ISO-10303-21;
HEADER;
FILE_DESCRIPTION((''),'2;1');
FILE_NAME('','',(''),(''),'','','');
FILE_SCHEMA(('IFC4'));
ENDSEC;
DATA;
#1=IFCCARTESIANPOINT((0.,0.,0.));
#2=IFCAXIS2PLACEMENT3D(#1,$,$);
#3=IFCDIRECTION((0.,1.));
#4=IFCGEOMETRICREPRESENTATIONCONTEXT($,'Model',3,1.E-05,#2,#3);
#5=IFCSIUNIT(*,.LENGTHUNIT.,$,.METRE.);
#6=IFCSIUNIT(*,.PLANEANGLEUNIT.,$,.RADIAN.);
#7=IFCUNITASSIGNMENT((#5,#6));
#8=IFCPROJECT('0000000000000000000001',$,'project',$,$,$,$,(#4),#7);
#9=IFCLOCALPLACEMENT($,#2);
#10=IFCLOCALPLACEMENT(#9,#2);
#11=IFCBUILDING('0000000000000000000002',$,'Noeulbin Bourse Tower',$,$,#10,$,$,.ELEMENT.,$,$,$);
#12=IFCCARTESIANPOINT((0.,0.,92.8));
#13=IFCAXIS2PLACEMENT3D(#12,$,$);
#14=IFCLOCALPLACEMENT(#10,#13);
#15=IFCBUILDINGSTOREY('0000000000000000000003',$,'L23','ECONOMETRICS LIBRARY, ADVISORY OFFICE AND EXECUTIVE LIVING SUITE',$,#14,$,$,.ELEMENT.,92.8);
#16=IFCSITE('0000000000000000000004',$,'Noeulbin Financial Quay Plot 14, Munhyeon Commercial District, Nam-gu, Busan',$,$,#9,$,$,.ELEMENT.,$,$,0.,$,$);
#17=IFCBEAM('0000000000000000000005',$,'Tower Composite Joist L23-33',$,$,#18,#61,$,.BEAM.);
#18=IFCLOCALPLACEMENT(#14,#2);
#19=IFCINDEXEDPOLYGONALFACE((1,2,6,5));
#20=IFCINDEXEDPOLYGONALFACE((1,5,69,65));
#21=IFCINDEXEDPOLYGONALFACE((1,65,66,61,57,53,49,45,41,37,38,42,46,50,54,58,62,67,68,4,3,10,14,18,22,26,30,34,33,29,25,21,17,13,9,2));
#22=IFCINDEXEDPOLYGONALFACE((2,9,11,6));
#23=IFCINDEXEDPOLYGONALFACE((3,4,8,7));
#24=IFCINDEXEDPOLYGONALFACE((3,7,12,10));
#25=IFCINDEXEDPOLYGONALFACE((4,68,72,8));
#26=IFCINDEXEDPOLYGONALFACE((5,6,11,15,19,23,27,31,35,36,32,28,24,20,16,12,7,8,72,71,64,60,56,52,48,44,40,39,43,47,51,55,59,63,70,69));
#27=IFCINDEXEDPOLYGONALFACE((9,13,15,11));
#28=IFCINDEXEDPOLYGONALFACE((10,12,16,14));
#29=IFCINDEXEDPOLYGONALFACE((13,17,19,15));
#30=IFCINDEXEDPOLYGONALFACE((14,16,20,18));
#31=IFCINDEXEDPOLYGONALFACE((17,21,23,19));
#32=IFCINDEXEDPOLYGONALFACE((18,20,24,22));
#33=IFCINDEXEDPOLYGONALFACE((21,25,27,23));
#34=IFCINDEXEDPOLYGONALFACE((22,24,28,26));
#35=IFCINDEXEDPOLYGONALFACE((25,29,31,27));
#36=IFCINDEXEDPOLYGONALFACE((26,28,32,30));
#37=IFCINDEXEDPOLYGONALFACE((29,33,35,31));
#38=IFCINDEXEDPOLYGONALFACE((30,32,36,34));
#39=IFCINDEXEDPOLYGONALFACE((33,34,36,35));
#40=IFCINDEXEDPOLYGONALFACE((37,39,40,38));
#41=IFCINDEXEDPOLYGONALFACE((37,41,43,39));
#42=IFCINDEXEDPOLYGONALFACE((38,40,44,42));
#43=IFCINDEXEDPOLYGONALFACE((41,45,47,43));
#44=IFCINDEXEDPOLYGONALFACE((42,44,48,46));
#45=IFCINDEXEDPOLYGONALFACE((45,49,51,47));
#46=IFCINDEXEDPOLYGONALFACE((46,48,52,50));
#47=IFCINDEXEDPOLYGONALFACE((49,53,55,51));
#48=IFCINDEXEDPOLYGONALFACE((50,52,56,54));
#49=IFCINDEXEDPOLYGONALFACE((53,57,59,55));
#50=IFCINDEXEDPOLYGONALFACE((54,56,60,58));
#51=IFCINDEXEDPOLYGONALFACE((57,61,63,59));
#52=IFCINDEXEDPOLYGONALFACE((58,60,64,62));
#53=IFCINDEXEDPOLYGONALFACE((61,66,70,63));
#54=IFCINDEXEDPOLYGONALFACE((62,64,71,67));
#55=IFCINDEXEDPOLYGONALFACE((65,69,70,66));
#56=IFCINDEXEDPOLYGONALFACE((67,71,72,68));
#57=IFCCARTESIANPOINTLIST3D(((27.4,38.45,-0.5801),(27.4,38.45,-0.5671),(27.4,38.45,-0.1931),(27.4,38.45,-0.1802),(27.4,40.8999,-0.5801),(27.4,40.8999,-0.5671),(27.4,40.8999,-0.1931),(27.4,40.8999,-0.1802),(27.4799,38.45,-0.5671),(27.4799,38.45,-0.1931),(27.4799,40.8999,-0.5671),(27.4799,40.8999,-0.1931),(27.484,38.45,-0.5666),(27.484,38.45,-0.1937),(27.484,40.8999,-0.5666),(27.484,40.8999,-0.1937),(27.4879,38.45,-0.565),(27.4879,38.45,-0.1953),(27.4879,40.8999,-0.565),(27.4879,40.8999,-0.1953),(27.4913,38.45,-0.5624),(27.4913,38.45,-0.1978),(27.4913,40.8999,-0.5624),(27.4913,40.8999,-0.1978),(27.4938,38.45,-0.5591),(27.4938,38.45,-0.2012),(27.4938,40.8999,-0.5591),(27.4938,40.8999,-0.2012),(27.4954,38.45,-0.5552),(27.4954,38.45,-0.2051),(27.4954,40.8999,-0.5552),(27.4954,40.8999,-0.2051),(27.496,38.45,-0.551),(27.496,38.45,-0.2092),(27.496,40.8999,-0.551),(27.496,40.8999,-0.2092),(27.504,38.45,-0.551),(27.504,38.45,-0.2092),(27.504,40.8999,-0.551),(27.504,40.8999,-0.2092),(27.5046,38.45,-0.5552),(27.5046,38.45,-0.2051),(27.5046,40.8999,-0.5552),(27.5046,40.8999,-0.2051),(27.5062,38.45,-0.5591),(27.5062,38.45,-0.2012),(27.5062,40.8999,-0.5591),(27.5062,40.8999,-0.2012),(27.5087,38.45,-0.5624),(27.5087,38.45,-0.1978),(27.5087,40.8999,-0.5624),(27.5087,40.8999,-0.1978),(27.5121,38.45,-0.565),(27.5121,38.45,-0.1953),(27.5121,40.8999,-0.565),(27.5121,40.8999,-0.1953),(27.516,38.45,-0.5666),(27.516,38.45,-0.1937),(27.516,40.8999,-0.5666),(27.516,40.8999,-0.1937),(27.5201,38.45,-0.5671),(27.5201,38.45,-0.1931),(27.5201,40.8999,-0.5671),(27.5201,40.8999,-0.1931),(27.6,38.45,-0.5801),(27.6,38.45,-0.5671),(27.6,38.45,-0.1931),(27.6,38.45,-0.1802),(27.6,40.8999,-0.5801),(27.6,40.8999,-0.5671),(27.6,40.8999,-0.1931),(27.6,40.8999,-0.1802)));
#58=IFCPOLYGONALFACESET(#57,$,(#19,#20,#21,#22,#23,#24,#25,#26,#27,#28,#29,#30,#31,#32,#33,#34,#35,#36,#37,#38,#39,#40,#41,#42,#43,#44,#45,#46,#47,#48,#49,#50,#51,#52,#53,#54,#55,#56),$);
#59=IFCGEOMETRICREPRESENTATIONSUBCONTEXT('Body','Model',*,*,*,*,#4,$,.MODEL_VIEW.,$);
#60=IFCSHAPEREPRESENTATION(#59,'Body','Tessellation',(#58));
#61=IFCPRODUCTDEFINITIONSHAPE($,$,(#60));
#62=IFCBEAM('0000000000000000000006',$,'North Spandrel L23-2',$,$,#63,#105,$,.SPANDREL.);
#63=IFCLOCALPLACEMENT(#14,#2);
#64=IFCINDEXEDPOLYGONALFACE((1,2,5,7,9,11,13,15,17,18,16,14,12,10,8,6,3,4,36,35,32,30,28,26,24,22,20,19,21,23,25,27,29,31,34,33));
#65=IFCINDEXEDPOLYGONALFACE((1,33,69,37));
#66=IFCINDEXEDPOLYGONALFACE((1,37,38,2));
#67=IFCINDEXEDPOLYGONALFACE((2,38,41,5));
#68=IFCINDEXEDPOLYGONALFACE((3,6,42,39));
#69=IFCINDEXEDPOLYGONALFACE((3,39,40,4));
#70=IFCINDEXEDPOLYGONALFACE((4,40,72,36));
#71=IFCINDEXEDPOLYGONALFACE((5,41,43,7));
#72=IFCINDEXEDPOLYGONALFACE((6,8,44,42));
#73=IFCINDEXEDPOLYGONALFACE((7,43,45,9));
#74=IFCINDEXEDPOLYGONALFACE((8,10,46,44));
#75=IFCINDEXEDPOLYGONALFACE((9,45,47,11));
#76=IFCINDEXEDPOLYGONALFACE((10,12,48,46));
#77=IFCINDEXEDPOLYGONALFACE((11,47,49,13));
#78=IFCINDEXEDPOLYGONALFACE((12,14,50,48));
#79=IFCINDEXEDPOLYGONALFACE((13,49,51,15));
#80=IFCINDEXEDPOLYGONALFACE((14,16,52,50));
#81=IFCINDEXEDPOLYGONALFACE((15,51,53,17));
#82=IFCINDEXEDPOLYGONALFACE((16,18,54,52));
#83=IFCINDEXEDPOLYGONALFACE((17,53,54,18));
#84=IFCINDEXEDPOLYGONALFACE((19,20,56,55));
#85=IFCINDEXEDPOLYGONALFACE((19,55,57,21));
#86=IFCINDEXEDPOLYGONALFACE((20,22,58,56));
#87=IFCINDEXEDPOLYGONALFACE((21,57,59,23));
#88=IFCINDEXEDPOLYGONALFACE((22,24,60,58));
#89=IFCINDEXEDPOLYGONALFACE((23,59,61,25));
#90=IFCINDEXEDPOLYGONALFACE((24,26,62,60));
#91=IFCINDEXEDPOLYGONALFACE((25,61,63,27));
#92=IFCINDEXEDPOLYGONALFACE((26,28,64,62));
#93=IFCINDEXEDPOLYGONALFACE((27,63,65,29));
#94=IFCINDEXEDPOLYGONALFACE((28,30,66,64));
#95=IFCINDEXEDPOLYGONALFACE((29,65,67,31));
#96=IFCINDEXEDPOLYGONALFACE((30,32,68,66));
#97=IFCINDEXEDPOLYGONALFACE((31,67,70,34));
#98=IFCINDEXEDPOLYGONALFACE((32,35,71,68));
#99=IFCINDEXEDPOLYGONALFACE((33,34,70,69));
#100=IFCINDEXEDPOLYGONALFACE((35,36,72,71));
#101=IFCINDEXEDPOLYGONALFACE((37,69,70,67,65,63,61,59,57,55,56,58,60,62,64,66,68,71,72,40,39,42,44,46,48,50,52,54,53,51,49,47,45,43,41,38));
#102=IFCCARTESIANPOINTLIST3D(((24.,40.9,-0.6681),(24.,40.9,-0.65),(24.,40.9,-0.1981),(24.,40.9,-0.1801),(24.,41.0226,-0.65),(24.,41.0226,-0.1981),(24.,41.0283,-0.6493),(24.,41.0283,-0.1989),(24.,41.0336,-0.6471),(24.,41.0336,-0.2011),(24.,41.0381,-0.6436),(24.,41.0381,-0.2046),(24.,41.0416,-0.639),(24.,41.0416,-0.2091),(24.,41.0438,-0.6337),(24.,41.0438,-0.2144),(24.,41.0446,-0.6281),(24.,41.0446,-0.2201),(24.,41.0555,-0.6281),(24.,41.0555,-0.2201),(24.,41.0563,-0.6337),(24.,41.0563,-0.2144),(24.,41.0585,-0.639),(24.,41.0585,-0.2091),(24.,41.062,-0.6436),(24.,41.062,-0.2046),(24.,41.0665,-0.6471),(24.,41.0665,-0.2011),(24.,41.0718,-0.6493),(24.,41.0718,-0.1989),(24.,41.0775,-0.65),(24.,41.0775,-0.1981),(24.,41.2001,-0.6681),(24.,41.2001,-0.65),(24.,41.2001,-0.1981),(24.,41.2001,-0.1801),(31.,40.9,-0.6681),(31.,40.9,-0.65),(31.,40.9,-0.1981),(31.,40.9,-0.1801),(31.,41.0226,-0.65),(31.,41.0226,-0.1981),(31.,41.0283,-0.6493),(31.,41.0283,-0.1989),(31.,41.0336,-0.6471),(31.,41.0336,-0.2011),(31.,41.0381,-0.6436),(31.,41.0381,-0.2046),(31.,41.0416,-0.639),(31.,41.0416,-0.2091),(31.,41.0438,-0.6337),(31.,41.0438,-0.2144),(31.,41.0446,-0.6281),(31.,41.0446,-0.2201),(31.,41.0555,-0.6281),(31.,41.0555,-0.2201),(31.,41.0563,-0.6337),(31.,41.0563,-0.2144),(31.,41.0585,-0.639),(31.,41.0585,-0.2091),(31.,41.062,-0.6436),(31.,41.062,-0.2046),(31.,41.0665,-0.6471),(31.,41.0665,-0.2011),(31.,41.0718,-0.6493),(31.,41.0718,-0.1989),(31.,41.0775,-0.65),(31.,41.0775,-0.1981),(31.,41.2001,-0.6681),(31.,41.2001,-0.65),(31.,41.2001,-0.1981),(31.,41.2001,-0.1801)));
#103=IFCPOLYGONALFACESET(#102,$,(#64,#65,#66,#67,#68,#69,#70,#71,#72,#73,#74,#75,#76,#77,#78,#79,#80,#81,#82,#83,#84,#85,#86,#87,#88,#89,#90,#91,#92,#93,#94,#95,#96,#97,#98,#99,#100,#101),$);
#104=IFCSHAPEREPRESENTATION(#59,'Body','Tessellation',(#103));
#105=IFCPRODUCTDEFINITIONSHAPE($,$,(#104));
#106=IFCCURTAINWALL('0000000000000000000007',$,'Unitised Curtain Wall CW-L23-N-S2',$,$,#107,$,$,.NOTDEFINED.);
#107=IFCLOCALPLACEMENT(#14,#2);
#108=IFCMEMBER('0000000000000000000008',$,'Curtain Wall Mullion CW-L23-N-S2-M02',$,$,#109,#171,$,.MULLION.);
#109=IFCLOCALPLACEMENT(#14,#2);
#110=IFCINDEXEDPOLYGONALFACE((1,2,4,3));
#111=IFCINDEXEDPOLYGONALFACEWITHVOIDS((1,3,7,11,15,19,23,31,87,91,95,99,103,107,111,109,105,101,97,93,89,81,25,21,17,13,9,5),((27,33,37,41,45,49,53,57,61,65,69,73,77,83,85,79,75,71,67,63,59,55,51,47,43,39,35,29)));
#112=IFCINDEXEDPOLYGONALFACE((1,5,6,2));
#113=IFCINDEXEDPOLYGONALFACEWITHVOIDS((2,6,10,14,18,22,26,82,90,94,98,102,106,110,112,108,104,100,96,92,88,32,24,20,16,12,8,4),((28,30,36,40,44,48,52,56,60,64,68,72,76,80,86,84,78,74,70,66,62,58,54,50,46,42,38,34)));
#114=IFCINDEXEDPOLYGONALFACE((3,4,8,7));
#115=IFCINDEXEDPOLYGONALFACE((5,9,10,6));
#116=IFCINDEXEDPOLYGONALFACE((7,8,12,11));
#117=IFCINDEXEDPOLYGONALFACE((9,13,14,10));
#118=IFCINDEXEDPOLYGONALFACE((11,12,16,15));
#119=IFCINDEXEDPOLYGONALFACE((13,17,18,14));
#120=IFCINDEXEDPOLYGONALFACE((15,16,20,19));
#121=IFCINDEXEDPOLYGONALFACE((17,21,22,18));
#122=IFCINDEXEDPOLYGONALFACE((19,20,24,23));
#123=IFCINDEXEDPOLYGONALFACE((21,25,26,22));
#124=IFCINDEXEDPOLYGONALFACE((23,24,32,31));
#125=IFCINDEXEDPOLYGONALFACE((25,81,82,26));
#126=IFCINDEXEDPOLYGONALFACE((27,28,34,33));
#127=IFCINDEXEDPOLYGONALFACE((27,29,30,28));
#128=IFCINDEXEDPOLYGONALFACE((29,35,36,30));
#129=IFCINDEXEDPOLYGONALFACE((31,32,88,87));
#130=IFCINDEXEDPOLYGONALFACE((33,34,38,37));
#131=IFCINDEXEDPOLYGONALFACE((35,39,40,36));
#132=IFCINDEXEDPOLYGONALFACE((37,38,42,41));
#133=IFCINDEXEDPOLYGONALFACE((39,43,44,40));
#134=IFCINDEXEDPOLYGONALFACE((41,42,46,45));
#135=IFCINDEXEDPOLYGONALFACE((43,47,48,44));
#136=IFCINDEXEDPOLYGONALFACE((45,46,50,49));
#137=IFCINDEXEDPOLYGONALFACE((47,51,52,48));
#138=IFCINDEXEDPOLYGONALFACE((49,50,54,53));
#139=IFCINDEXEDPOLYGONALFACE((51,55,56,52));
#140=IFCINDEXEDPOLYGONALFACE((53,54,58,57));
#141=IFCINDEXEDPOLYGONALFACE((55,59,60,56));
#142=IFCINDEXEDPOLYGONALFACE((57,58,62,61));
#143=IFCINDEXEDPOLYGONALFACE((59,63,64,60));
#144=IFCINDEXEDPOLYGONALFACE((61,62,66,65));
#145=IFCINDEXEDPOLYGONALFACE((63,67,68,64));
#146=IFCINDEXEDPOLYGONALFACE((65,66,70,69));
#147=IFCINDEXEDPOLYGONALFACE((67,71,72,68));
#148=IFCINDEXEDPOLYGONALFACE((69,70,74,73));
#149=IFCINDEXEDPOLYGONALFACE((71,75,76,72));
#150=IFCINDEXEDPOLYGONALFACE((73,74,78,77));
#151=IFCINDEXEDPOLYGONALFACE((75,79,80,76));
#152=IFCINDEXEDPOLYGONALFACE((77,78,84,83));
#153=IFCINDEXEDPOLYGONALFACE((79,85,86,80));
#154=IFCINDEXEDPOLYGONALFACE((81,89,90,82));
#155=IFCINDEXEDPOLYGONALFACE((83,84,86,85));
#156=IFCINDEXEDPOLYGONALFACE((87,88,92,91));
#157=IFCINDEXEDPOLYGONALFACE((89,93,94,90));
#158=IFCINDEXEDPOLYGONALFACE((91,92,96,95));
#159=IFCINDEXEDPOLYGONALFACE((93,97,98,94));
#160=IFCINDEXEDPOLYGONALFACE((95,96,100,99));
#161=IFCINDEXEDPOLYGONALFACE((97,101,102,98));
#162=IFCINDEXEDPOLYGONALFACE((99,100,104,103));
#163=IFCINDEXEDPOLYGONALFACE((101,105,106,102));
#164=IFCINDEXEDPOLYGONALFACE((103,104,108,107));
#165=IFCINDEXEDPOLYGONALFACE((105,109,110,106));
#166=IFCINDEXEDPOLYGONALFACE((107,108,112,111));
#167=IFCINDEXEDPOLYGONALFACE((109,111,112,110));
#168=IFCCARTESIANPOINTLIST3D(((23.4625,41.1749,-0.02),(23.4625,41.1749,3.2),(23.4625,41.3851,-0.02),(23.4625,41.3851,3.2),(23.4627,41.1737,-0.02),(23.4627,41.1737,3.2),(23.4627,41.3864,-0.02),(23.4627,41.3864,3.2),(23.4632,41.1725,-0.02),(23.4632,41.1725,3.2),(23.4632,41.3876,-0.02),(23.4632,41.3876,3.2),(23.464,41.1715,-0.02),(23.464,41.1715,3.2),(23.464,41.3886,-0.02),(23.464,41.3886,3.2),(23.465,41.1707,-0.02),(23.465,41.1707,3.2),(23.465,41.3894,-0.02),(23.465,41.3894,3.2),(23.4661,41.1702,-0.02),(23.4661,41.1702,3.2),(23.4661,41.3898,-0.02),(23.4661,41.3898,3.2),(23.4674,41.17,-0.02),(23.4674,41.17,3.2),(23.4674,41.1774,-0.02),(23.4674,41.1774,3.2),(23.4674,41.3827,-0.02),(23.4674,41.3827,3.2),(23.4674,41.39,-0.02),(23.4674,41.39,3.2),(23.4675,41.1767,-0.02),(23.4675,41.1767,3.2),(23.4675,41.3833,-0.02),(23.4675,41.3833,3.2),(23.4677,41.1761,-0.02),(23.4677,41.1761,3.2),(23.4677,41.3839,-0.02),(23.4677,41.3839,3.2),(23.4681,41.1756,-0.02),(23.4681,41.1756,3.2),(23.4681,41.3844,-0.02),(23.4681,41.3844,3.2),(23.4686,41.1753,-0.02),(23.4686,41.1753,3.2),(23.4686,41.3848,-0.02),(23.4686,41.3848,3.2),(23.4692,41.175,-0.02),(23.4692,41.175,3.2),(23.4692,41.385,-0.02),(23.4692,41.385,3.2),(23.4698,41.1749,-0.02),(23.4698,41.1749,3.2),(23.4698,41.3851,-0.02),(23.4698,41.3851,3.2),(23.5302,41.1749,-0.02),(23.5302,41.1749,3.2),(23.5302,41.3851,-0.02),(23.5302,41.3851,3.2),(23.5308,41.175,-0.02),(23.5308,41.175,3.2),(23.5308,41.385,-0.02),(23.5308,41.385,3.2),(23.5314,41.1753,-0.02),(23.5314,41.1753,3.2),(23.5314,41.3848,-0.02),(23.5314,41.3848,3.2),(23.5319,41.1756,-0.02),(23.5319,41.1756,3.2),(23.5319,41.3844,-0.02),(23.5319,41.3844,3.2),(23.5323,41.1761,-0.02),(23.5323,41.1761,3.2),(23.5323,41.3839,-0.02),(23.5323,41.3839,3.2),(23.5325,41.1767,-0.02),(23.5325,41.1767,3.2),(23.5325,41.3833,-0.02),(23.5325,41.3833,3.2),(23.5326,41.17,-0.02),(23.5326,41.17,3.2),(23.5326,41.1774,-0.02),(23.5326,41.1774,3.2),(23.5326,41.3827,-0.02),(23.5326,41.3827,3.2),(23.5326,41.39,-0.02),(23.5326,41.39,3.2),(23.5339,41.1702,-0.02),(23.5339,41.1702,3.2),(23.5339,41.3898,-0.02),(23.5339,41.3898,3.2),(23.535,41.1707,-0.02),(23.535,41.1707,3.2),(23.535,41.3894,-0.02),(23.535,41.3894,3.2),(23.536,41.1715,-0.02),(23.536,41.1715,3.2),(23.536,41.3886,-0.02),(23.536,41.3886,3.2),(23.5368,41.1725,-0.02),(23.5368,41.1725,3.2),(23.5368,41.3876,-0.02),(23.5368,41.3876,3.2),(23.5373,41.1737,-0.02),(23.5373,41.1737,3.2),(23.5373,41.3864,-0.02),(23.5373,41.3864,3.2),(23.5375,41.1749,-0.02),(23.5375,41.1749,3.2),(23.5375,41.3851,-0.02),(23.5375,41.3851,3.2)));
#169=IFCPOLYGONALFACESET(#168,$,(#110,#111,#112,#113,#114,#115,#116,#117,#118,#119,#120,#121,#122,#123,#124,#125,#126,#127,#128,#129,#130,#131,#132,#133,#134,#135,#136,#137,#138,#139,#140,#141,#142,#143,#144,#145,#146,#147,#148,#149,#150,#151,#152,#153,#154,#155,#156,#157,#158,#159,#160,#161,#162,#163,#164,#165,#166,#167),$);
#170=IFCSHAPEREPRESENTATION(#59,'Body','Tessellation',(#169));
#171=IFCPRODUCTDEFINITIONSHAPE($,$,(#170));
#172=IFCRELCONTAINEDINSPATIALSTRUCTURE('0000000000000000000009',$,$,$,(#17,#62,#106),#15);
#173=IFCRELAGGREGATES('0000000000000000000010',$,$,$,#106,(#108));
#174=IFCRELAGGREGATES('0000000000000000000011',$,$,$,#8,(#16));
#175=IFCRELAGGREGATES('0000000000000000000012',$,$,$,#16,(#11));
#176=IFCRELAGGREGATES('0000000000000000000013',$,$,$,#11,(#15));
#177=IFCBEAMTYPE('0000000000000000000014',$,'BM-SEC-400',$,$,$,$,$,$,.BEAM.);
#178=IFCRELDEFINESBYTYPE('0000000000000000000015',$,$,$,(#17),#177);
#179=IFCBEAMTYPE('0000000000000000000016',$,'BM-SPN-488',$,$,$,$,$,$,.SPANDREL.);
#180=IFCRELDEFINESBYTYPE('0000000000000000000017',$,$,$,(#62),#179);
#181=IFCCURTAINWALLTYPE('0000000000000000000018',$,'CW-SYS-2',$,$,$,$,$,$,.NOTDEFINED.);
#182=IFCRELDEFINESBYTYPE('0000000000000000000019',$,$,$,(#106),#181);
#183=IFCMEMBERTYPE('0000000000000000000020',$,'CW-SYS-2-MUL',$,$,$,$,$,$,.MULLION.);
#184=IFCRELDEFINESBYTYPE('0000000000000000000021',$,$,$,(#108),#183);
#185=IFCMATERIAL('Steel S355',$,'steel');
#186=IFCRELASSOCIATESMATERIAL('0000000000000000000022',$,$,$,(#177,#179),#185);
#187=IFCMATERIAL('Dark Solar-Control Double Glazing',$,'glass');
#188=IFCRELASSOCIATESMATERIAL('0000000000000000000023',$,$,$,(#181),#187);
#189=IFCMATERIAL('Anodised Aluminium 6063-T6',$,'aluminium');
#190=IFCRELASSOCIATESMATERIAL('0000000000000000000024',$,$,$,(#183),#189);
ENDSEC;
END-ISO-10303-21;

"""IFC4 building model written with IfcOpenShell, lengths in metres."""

from ifc_helpers import new_model, si_unit, direction, frame, origin, origin_2d, place, context, subcontext, project, spatial, hollow_rectangle, i_section, extrude, material, material_profile, profile_set, type_object, element, aggregate, save


model = new_model("IFC4")

# Units and contexts
model_context = context("Model", 3, precision=1e-05, world=origin(), true_north=direction((0.0, 1.0)))
body_context = subcontext(model_context, "Body", "Model", "MODEL_VIEW")
ifc_project = project(units=[si_unit("LENGTHUNIT", "METRE"), si_unit("PLANEANGLEUNIT", "RADIAN")], contexts=[model_context])

# Site, building, storey
site_placement = place(None, origin())
site = spatial("IfcSite", under=ifc_project, at=site_placement, Name="Noeulbin Financial Quay Plot 14, Munhyeon Commercial District, Nam-gu, Busan", CompositionType="ELEMENT", RefElevation=0.0)
building_placement = place(site_placement, origin())
building = spatial("IfcBuilding", under=site, at=building_placement, Name="Noeulbin Bourse Tower", CompositionType="ELEMENT")
storey_placement = place(building_placement, frame((0.0, 0.0, 92.8)))
storey = spatial("IfcBuildingStorey", under=building, at=storey_placement, Name="L23", Description="ECONOMETRICS LIBRARY, ADVISORY OFFICE AND EXECUTIVE LIVING SUITE", CompositionType="ELEMENT", Elevation=92.8)

# Beams
ifc_material_1 = material(Name="Steel S355", Category="steel")
ifc_material_profile_1 = material_profile(ifc_material_1, i_section(OverallWidth=0.2, OverallDepth=0.3999, WebThickness=0.0081, FlangeThickness=0.0129, FilletRadius=0.0161, at=origin_2d()), Name="H-400x200x8x13", Category="LoadBearing")
ifc_profile_set_1 = profile_set([ifc_material_profile_1], Name="Steel S355")
beam_type_1 = type_object("IfcBeamType", Name="BM-SEC-400", PredefinedType="BEAM", material=ifc_profile_set_1)
for number, where, z_axis, x_axis, name in (
    (1, (27.5, 38.45, -0.3801), (0.0, 1.0, 0.0), (-1.0, 0.0, 0.0), "Tower Composite Joist L23-33"),
):
    element("IfcBeam", number, at=place(storey_placement, frame(where, z_axis=z_axis, x_axis=x_axis)), inside=storey, type_object=beam_type_1, Name=name, PredefinedType="BEAM", context=body_context, shape_type="SweptSolid", body=[
        extrude(i_section(OverallWidth=0.2, OverallDepth=0.3999, WebThickness=0.0081, FlangeThickness=0.0129, FilletRadius=0.0161, at=origin_2d()), origin(), (0.0, 0.0, 1.0), 2.45),
    ])
ifc_material_profile_2 = material_profile(ifc_material_1, i_section(OverallWidth=0.3, OverallDepth=0.488, WebThickness=0.011, FlangeThickness=0.0181, FilletRadius=0.022, at=origin_2d()), Name="H-488x300x11x18", Category="LoadBearing")
ifc_profile_set_2 = profile_set([ifc_material_profile_2], Name="Steel S355")
beam_type_2 = type_object("IfcBeamType", Name="BM-SPN-488", PredefinedType="SPANDREL", material=ifc_profile_set_2)
beam_1_placement = place(storey_placement, frame((24.0, 41.05, -0.4241), z_axis=(1.0, 0.0, 0.0), x_axis=(0.0, 1.0, 0.0)))
element("IfcBeam", 2, at=beam_1_placement, inside=storey, type_object=beam_type_2, Name="North Spandrel L23-2", PredefinedType="SPANDREL", context=body_context, shape_type="SweptSolid", body=[
    extrude(i_section(OverallWidth=0.3, OverallDepth=0.488, WebThickness=0.011, FlangeThickness=0.0181, FilletRadius=0.022, at=origin_2d()), origin(), (0.0, 0.0, 1.0), 7.0),
])

# Curtain wall, member
ifc_material_2 = material(Name="Dark Solar-Control Double Glazing", Category="glass")
curtain_wall_type = type_object("IfcCurtainWallType", Name="CW-SYS-2", PredefinedType="NOTDEFINED", material=ifc_material_2)
curtain_wall_1_placement = place(storey_placement, origin())
curtain_wall_1 = element("IfcCurtainWall", 3, at=curtain_wall_1_placement, inside=storey, type_object=curtain_wall_type, Name="Unitised Curtain Wall CW-L23-N-S2", PredefinedType="NOTDEFINED")
ifc_material_3 = material(Name="Anodised Aluminium 6063-T6", Category="aluminium")
ifc_material_profile_3 = material_profile(ifc_material_3, hollow_rectangle(XDim=0.075, YDim=0.22, WallThickness=0.0049, InnerFilletRadius=0.0024, OuterFilletRadius=0.0049, at=origin_2d()), Name="ALU-MULL-75x220x5", Category="LoadBearing")
ifc_profile_set_3 = profile_set([ifc_material_profile_3], Name="Anodised Aluminium 6063-T6")
member_type_1 = type_object("IfcMemberType", Name="CW-SYS-2-MUL", PredefinedType="MULLION", material=ifc_profile_set_3)
member_1_placement = place(storey_placement, frame((23.5, 41.28, -0.02), z_axis=(0.0, 0.0, 1.0), x_axis=(1.0, 0.0, 0.0)))
member_1 = element("IfcMember", 4, at=member_1_placement, type_object=member_type_1, Name="Curtain Wall Mullion CW-L23-N-S2-M02", PredefinedType="MULLION", context=body_context, shape_type="SweptSolid", body=[
    extrude(hollow_rectangle(XDim=0.075, YDim=0.22, WallThickness=0.0049, InnerFilletRadius=0.0024, OuterFilletRadius=0.0049, at=origin_2d()), origin(), (0.0, 0.0, 1.0), 3.22),
])

aggregate(curtain_wall_1, [member_1])

save(model, "model.ifc")
